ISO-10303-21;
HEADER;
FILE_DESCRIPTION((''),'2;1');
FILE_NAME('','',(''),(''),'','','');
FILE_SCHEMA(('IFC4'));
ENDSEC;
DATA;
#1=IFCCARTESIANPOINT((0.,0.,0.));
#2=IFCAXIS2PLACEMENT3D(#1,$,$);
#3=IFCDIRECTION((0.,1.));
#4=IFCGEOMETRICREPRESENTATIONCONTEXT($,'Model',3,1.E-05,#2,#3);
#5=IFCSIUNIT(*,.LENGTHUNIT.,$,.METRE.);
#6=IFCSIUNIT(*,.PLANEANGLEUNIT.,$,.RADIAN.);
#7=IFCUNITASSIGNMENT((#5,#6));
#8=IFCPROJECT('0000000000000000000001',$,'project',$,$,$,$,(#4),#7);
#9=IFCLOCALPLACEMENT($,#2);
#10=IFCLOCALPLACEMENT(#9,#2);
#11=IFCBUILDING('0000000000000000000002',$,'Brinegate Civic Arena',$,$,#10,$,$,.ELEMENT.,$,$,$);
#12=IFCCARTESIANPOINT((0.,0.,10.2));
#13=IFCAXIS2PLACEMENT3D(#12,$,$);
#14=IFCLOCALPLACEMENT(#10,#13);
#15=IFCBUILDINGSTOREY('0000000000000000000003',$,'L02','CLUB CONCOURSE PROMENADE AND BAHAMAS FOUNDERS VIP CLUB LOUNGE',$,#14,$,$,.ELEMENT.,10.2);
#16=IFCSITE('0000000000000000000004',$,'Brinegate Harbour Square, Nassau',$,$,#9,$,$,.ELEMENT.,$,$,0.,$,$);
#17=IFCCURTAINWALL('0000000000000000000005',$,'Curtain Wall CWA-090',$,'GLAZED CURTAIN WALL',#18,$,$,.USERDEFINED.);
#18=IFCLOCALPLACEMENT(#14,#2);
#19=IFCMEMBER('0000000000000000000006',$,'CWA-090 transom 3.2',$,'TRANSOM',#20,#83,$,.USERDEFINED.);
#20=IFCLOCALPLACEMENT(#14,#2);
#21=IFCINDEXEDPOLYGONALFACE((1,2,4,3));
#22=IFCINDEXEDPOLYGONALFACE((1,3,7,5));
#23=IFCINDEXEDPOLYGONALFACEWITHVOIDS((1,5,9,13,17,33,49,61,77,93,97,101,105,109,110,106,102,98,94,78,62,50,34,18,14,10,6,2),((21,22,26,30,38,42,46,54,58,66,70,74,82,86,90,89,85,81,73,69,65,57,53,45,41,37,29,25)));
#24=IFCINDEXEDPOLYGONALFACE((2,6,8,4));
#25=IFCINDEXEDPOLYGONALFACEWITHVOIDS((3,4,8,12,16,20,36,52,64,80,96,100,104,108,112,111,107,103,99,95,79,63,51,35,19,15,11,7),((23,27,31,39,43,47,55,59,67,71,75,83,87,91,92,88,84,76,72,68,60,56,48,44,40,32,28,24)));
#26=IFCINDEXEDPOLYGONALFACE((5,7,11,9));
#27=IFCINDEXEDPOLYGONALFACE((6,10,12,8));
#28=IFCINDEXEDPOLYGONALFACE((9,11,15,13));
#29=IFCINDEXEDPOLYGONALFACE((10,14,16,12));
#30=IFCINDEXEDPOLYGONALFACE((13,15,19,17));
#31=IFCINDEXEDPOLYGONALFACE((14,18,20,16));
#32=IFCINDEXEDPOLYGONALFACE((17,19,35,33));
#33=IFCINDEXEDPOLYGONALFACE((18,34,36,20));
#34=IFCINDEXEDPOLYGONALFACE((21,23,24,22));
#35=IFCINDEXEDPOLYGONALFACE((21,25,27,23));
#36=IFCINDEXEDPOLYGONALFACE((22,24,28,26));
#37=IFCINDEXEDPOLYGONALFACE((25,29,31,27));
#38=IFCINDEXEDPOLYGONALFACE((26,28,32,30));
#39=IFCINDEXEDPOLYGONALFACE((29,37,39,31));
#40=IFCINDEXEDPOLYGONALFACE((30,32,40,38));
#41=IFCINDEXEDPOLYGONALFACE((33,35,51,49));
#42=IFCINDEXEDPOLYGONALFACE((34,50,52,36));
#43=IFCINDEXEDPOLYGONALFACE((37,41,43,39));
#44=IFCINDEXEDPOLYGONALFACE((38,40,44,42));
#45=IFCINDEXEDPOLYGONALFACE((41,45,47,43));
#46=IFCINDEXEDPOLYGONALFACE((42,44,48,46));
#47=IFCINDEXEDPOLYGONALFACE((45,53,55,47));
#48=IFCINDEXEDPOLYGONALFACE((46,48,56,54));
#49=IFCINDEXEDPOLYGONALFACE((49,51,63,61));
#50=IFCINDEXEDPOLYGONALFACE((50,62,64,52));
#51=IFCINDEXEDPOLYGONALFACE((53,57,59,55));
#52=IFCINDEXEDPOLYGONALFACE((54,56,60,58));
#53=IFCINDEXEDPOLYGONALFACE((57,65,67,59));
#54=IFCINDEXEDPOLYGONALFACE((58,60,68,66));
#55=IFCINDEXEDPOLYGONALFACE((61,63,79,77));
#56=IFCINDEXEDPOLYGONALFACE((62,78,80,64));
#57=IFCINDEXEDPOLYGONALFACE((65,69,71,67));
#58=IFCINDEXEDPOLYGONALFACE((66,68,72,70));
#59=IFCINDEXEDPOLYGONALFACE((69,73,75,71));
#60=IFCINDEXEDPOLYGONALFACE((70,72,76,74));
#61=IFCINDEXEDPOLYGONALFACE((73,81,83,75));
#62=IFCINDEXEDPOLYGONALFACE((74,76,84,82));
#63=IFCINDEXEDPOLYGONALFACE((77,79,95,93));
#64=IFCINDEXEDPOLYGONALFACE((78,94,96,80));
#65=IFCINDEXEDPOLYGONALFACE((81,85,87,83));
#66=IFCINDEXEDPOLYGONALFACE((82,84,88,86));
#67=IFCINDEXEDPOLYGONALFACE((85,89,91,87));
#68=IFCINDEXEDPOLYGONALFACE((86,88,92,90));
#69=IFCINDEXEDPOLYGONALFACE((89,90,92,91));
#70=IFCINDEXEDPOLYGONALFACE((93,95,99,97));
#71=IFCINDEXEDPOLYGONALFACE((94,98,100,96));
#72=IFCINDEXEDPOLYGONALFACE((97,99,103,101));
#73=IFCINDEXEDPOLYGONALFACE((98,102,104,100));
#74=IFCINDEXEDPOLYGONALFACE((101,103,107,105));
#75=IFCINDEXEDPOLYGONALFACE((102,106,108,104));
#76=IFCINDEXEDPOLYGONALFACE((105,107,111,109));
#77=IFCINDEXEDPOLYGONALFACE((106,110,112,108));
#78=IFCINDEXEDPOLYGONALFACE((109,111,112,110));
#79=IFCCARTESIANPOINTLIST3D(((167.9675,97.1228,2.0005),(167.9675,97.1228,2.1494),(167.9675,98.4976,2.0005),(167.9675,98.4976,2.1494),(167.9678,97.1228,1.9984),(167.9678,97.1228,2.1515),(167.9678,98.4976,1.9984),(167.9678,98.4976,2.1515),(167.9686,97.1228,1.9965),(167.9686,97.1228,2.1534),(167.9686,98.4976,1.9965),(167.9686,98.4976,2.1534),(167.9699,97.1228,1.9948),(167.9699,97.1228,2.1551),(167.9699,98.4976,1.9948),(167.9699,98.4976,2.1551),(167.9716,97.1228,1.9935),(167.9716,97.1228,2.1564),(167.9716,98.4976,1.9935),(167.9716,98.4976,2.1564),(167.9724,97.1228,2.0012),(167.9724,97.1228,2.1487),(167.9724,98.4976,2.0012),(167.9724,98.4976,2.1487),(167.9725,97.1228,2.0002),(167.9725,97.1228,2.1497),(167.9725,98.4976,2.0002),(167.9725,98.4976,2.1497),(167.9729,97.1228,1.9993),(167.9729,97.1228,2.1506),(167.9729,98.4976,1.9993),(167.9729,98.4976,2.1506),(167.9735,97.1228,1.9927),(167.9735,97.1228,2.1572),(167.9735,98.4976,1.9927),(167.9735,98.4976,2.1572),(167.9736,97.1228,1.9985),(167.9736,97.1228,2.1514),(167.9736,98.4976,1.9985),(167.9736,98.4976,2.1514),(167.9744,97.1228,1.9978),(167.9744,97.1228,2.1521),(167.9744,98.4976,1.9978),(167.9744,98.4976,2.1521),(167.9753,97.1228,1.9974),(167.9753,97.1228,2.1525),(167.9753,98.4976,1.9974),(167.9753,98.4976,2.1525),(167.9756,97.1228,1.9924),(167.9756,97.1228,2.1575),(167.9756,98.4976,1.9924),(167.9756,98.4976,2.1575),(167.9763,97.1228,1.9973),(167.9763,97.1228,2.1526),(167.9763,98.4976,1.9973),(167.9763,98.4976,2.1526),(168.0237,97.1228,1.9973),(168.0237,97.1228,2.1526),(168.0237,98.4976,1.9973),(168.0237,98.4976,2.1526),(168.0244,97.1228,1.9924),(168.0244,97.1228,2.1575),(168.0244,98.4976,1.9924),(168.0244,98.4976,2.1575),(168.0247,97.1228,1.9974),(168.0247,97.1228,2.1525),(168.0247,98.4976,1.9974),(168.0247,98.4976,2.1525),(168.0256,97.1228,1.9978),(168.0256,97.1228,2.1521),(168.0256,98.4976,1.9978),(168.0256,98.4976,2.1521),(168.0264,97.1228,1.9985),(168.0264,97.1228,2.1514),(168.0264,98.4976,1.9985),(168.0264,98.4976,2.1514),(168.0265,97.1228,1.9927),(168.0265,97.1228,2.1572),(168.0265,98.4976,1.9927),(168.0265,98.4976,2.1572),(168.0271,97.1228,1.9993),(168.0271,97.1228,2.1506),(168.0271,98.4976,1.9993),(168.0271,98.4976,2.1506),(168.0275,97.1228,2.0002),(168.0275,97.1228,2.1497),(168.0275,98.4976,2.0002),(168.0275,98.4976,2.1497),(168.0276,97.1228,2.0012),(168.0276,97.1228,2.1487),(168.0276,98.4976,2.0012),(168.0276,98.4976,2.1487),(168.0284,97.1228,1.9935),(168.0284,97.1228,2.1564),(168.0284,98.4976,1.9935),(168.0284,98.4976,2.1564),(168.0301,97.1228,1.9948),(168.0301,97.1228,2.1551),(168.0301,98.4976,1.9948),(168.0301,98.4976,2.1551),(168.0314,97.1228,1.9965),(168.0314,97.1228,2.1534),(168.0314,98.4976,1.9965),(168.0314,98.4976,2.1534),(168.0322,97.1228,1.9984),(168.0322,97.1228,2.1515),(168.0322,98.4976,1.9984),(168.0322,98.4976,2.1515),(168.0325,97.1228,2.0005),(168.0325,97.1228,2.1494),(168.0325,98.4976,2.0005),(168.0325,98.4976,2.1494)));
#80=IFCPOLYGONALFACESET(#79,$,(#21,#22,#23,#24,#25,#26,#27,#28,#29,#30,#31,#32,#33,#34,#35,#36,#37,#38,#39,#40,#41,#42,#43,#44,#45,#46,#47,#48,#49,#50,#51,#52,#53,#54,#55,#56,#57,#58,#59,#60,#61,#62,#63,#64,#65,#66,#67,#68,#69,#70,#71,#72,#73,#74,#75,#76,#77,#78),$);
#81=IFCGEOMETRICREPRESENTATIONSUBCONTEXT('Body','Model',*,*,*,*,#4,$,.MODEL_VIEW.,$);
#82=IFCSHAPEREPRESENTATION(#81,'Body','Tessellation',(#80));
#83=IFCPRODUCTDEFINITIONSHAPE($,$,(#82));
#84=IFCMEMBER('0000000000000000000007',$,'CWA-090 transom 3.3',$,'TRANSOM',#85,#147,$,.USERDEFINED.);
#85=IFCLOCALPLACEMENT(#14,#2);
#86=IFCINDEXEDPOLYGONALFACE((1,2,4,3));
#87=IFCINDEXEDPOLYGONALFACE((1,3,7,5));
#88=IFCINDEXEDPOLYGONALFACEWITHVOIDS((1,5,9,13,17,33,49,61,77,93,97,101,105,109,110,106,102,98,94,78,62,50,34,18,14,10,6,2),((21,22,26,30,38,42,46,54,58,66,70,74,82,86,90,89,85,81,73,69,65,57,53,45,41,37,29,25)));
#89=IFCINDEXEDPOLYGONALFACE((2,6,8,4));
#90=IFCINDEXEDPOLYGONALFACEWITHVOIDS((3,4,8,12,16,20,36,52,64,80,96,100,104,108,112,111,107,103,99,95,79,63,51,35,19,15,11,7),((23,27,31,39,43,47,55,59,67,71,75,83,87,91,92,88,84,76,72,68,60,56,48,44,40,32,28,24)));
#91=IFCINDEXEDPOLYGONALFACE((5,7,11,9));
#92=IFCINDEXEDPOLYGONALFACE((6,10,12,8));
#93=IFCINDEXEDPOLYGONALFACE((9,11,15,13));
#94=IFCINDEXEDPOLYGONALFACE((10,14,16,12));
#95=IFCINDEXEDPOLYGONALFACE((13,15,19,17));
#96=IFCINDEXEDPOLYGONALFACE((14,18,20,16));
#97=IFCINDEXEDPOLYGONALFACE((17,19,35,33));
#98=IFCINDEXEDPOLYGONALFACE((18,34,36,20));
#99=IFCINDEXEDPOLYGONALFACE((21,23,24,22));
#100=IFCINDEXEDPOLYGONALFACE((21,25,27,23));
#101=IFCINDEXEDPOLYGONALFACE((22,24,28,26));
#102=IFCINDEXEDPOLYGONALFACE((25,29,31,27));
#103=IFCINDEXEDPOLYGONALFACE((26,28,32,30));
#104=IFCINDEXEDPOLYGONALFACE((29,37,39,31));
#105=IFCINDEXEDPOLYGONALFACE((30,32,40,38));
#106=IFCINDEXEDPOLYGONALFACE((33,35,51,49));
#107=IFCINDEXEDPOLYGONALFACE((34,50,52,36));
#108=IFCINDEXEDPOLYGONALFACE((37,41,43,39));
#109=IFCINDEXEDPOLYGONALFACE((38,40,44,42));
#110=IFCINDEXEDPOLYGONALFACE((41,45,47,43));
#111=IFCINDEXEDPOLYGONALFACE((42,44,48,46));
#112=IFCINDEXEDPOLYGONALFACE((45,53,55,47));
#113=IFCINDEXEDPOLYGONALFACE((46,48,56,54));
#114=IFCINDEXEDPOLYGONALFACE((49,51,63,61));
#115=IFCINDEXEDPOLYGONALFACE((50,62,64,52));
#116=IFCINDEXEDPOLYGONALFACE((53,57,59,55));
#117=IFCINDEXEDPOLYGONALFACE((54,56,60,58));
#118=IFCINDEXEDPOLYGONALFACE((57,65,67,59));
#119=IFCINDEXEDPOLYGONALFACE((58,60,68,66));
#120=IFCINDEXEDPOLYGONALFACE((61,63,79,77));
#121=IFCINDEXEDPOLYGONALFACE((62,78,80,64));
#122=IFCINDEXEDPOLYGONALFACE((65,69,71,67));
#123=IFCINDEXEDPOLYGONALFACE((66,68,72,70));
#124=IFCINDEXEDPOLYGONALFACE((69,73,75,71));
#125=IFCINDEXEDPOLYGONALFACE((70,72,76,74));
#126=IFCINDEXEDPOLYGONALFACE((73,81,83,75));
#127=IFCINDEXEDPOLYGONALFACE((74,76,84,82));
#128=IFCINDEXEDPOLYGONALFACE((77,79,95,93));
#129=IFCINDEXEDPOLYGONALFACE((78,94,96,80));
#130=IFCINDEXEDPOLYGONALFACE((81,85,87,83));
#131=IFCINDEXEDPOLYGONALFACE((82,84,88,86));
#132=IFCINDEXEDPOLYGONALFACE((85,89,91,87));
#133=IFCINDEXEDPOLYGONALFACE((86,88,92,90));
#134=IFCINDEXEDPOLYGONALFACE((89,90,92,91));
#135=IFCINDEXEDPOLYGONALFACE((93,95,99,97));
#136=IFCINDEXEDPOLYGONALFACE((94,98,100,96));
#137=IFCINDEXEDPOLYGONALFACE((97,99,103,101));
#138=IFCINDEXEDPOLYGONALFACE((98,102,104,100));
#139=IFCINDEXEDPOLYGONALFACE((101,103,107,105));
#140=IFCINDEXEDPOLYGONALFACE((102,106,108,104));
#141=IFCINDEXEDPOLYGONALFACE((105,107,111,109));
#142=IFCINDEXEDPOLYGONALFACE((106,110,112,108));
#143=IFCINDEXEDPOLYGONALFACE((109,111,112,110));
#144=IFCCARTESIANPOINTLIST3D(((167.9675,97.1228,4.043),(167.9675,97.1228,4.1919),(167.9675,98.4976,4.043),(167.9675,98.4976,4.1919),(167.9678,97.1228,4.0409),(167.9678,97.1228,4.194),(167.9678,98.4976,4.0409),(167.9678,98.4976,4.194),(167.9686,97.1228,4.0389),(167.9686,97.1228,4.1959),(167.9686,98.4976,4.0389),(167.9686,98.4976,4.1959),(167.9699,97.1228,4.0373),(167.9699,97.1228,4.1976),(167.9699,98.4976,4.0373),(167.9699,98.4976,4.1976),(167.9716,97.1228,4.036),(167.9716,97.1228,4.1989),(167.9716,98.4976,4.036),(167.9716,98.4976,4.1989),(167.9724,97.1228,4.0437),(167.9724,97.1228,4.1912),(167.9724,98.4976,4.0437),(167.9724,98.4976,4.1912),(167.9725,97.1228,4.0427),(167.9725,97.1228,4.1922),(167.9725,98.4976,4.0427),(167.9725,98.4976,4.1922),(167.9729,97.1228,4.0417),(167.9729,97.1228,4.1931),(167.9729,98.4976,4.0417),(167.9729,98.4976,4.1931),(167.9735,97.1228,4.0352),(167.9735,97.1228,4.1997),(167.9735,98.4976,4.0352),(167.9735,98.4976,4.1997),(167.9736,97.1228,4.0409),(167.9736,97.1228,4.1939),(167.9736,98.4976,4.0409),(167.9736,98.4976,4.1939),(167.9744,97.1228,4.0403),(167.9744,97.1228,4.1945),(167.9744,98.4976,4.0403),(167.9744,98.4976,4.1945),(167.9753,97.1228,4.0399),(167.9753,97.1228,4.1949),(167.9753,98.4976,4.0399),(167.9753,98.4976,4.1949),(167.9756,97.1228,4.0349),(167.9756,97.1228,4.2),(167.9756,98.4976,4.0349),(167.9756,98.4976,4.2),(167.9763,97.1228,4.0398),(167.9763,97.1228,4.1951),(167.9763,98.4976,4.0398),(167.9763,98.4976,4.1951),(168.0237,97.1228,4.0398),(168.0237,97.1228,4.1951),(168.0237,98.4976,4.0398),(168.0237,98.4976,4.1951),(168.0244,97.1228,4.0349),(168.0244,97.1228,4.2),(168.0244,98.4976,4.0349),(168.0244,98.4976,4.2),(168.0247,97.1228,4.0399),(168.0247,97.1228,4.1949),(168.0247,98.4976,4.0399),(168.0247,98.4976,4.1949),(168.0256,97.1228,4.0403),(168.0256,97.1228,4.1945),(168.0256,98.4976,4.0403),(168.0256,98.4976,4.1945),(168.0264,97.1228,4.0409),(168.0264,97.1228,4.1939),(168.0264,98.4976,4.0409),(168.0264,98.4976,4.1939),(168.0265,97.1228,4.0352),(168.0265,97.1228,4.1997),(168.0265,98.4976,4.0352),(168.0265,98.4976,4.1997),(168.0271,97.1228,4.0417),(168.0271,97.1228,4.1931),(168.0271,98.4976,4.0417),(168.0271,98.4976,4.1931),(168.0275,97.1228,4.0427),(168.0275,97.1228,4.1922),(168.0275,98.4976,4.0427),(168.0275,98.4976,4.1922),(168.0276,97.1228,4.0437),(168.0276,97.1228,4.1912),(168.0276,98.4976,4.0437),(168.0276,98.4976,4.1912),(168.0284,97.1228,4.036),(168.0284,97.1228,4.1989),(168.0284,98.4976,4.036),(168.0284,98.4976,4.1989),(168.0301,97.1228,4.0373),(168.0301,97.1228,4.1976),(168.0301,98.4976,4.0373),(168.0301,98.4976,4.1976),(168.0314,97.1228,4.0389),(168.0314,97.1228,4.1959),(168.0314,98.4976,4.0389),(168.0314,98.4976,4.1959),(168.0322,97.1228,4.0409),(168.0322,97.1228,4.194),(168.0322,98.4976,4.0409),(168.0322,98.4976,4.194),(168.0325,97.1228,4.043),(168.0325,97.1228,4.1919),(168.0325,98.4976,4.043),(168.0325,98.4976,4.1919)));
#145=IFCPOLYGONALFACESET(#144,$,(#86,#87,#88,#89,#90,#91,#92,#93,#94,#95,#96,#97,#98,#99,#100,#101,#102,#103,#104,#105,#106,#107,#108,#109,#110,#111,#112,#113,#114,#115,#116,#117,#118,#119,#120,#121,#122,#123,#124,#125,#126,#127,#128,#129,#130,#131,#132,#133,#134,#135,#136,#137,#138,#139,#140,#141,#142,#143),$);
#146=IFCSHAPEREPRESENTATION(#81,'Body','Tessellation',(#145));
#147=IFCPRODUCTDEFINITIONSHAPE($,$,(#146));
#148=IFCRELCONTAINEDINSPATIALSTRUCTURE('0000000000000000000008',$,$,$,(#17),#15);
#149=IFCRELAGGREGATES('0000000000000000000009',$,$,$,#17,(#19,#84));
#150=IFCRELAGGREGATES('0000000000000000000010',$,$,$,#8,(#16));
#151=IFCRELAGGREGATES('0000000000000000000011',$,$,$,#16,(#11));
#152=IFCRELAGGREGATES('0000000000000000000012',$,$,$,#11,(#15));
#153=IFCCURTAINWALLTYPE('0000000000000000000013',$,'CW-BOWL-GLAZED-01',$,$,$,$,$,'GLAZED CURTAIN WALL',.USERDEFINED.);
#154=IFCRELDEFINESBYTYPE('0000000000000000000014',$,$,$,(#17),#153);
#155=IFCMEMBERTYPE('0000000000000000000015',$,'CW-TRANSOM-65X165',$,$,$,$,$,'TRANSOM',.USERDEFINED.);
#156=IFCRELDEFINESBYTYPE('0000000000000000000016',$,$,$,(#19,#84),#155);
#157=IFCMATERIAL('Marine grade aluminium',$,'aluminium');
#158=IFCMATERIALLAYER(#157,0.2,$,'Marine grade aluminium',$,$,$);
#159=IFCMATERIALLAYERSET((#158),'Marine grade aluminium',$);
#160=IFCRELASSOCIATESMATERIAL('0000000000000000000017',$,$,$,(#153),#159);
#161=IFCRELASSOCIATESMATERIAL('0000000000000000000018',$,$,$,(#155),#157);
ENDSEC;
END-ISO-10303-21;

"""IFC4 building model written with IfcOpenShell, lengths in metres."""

from ifc_helpers import new_model, si_unit, direction, frame, origin, origin_2d, place, context, subcontext, project, spatial, hollow_rectangle, extrude, material, layer, layer_set, material_profile, profile_set, type_object, element, aggregate, save


model = new_model("IFC4")

# Units and contexts
model_context = context("Model", 3, precision=1e-05, world=origin(), true_north=direction((0.0, 1.0)))
body_context = subcontext(model_context, "Body", "Model", "MODEL_VIEW")
ifc_project = project(units=[si_unit("LENGTHUNIT", "METRE"), si_unit("PLANEANGLEUNIT", "RADIAN")], contexts=[model_context])

# Site, building, storey
site_placement = place(None, origin())
site = spatial("IfcSite", under=ifc_project, at=site_placement, Name="Brinegate Harbour Square, Nassau", CompositionType="ELEMENT", RefElevation=0.0)
building_placement = place(site_placement, origin())
building = spatial("IfcBuilding", under=site, at=building_placement, Name="Brinegate Civic Arena", CompositionType="ELEMENT")
storey_placement = place(building_placement, frame((0.0, 0.0, 10.2)))
storey = spatial("IfcBuildingStorey", under=building, at=storey_placement, Name="L02", Description="CLUB CONCOURSE PROMENADE AND BAHAMAS FOUNDERS VIP CLUB LOUNGE", CompositionType="ELEMENT", Elevation=10.2)

# Shared definitions
ifc_material_1 = material(Name="Marine grade aluminium", Category="aluminium")
ifc_layer_1 = layer(ifc_material_1, 0.2, Name="Marine grade aluminium")
ifc_layer_set_1 = layer_set([ifc_layer_1], Name="Marine grade aluminium")
curtain_wall_type = type_object("IfcCurtainWallType", Name="CW-BOWL-GLAZED-01", ElementType="GLAZED CURTAIN WALL", PredefinedType="USERDEFINED", material=ifc_layer_set_1)

# Curtain wall, members
curtain_wall_1_placement = place(storey_placement, origin())
curtain_wall_1 = element("IfcCurtainWall", 1, at=curtain_wall_1_placement, inside=storey, type_object=curtain_wall_type, Name="Curtain Wall CWA-090", ObjectType="GLAZED CURTAIN WALL", PredefinedType="USERDEFINED")
ifc_material_profile_1 = material_profile(ifc_material_1, hollow_rectangle(XDim=0.0649, YDim=0.165, WallThickness=0.0049, InnerFilletRadius=0.0039, OuterFilletRadius=0.0081, at=origin_2d()), Name="TRN65X165")
ifc_profile_set_1 = profile_set([ifc_material_profile_1], Name="Marine grade aluminium")
member_type_1 = type_object("IfcMemberType", Name="CW-TRANSOM-65X165", ElementType="TRANSOM", PredefinedType="USERDEFINED", material=ifc_profile_set_1)
member_1_placement = place(storey_placement, frame((168.0, 97.1228, 2.075), z_axis=(0.0, 1.0, 0.0), x_axis=(-1.0, 0.0, 0.0)))
member_1 = element("IfcMember", 2, at=member_1_placement, type_object=member_type_1, Name="CWA-090 transom 3.2", ObjectType="TRANSOM", PredefinedType="USERDEFINED", context=body_context, shape_type="SweptSolid", body=[
    extrude(hollow_rectangle(XDim=0.0649, YDim=0.165, WallThickness=0.0049, InnerFilletRadius=0.0039, OuterFilletRadius=0.0081, at=origin_2d()), origin(), (0.0, 0.0, 1.0), 1.3748),
])
member_2_placement = place(storey_placement, frame((168.0, 97.1228, 4.1174), z_axis=(0.0, 1.0, 0.0), x_axis=(-1.0, 0.0, 0.0)))
member_2 = element("IfcMember", 3, at=member_2_placement, type_object=member_type_1, Name="CWA-090 transom 3.3", ObjectType="TRANSOM", PredefinedType="USERDEFINED", context=body_context, shape_type="SweptSolid", body=[
    extrude(hollow_rectangle(XDim=0.0649, YDim=0.165, WallThickness=0.0049, InnerFilletRadius=0.0039, OuterFilletRadius=0.0081, at=origin_2d()), origin(), (0.0, 0.0, 1.0), 1.3748),
])

aggregate(curtain_wall_1, [member_1, member_2])

save(model, "model.ifc")
